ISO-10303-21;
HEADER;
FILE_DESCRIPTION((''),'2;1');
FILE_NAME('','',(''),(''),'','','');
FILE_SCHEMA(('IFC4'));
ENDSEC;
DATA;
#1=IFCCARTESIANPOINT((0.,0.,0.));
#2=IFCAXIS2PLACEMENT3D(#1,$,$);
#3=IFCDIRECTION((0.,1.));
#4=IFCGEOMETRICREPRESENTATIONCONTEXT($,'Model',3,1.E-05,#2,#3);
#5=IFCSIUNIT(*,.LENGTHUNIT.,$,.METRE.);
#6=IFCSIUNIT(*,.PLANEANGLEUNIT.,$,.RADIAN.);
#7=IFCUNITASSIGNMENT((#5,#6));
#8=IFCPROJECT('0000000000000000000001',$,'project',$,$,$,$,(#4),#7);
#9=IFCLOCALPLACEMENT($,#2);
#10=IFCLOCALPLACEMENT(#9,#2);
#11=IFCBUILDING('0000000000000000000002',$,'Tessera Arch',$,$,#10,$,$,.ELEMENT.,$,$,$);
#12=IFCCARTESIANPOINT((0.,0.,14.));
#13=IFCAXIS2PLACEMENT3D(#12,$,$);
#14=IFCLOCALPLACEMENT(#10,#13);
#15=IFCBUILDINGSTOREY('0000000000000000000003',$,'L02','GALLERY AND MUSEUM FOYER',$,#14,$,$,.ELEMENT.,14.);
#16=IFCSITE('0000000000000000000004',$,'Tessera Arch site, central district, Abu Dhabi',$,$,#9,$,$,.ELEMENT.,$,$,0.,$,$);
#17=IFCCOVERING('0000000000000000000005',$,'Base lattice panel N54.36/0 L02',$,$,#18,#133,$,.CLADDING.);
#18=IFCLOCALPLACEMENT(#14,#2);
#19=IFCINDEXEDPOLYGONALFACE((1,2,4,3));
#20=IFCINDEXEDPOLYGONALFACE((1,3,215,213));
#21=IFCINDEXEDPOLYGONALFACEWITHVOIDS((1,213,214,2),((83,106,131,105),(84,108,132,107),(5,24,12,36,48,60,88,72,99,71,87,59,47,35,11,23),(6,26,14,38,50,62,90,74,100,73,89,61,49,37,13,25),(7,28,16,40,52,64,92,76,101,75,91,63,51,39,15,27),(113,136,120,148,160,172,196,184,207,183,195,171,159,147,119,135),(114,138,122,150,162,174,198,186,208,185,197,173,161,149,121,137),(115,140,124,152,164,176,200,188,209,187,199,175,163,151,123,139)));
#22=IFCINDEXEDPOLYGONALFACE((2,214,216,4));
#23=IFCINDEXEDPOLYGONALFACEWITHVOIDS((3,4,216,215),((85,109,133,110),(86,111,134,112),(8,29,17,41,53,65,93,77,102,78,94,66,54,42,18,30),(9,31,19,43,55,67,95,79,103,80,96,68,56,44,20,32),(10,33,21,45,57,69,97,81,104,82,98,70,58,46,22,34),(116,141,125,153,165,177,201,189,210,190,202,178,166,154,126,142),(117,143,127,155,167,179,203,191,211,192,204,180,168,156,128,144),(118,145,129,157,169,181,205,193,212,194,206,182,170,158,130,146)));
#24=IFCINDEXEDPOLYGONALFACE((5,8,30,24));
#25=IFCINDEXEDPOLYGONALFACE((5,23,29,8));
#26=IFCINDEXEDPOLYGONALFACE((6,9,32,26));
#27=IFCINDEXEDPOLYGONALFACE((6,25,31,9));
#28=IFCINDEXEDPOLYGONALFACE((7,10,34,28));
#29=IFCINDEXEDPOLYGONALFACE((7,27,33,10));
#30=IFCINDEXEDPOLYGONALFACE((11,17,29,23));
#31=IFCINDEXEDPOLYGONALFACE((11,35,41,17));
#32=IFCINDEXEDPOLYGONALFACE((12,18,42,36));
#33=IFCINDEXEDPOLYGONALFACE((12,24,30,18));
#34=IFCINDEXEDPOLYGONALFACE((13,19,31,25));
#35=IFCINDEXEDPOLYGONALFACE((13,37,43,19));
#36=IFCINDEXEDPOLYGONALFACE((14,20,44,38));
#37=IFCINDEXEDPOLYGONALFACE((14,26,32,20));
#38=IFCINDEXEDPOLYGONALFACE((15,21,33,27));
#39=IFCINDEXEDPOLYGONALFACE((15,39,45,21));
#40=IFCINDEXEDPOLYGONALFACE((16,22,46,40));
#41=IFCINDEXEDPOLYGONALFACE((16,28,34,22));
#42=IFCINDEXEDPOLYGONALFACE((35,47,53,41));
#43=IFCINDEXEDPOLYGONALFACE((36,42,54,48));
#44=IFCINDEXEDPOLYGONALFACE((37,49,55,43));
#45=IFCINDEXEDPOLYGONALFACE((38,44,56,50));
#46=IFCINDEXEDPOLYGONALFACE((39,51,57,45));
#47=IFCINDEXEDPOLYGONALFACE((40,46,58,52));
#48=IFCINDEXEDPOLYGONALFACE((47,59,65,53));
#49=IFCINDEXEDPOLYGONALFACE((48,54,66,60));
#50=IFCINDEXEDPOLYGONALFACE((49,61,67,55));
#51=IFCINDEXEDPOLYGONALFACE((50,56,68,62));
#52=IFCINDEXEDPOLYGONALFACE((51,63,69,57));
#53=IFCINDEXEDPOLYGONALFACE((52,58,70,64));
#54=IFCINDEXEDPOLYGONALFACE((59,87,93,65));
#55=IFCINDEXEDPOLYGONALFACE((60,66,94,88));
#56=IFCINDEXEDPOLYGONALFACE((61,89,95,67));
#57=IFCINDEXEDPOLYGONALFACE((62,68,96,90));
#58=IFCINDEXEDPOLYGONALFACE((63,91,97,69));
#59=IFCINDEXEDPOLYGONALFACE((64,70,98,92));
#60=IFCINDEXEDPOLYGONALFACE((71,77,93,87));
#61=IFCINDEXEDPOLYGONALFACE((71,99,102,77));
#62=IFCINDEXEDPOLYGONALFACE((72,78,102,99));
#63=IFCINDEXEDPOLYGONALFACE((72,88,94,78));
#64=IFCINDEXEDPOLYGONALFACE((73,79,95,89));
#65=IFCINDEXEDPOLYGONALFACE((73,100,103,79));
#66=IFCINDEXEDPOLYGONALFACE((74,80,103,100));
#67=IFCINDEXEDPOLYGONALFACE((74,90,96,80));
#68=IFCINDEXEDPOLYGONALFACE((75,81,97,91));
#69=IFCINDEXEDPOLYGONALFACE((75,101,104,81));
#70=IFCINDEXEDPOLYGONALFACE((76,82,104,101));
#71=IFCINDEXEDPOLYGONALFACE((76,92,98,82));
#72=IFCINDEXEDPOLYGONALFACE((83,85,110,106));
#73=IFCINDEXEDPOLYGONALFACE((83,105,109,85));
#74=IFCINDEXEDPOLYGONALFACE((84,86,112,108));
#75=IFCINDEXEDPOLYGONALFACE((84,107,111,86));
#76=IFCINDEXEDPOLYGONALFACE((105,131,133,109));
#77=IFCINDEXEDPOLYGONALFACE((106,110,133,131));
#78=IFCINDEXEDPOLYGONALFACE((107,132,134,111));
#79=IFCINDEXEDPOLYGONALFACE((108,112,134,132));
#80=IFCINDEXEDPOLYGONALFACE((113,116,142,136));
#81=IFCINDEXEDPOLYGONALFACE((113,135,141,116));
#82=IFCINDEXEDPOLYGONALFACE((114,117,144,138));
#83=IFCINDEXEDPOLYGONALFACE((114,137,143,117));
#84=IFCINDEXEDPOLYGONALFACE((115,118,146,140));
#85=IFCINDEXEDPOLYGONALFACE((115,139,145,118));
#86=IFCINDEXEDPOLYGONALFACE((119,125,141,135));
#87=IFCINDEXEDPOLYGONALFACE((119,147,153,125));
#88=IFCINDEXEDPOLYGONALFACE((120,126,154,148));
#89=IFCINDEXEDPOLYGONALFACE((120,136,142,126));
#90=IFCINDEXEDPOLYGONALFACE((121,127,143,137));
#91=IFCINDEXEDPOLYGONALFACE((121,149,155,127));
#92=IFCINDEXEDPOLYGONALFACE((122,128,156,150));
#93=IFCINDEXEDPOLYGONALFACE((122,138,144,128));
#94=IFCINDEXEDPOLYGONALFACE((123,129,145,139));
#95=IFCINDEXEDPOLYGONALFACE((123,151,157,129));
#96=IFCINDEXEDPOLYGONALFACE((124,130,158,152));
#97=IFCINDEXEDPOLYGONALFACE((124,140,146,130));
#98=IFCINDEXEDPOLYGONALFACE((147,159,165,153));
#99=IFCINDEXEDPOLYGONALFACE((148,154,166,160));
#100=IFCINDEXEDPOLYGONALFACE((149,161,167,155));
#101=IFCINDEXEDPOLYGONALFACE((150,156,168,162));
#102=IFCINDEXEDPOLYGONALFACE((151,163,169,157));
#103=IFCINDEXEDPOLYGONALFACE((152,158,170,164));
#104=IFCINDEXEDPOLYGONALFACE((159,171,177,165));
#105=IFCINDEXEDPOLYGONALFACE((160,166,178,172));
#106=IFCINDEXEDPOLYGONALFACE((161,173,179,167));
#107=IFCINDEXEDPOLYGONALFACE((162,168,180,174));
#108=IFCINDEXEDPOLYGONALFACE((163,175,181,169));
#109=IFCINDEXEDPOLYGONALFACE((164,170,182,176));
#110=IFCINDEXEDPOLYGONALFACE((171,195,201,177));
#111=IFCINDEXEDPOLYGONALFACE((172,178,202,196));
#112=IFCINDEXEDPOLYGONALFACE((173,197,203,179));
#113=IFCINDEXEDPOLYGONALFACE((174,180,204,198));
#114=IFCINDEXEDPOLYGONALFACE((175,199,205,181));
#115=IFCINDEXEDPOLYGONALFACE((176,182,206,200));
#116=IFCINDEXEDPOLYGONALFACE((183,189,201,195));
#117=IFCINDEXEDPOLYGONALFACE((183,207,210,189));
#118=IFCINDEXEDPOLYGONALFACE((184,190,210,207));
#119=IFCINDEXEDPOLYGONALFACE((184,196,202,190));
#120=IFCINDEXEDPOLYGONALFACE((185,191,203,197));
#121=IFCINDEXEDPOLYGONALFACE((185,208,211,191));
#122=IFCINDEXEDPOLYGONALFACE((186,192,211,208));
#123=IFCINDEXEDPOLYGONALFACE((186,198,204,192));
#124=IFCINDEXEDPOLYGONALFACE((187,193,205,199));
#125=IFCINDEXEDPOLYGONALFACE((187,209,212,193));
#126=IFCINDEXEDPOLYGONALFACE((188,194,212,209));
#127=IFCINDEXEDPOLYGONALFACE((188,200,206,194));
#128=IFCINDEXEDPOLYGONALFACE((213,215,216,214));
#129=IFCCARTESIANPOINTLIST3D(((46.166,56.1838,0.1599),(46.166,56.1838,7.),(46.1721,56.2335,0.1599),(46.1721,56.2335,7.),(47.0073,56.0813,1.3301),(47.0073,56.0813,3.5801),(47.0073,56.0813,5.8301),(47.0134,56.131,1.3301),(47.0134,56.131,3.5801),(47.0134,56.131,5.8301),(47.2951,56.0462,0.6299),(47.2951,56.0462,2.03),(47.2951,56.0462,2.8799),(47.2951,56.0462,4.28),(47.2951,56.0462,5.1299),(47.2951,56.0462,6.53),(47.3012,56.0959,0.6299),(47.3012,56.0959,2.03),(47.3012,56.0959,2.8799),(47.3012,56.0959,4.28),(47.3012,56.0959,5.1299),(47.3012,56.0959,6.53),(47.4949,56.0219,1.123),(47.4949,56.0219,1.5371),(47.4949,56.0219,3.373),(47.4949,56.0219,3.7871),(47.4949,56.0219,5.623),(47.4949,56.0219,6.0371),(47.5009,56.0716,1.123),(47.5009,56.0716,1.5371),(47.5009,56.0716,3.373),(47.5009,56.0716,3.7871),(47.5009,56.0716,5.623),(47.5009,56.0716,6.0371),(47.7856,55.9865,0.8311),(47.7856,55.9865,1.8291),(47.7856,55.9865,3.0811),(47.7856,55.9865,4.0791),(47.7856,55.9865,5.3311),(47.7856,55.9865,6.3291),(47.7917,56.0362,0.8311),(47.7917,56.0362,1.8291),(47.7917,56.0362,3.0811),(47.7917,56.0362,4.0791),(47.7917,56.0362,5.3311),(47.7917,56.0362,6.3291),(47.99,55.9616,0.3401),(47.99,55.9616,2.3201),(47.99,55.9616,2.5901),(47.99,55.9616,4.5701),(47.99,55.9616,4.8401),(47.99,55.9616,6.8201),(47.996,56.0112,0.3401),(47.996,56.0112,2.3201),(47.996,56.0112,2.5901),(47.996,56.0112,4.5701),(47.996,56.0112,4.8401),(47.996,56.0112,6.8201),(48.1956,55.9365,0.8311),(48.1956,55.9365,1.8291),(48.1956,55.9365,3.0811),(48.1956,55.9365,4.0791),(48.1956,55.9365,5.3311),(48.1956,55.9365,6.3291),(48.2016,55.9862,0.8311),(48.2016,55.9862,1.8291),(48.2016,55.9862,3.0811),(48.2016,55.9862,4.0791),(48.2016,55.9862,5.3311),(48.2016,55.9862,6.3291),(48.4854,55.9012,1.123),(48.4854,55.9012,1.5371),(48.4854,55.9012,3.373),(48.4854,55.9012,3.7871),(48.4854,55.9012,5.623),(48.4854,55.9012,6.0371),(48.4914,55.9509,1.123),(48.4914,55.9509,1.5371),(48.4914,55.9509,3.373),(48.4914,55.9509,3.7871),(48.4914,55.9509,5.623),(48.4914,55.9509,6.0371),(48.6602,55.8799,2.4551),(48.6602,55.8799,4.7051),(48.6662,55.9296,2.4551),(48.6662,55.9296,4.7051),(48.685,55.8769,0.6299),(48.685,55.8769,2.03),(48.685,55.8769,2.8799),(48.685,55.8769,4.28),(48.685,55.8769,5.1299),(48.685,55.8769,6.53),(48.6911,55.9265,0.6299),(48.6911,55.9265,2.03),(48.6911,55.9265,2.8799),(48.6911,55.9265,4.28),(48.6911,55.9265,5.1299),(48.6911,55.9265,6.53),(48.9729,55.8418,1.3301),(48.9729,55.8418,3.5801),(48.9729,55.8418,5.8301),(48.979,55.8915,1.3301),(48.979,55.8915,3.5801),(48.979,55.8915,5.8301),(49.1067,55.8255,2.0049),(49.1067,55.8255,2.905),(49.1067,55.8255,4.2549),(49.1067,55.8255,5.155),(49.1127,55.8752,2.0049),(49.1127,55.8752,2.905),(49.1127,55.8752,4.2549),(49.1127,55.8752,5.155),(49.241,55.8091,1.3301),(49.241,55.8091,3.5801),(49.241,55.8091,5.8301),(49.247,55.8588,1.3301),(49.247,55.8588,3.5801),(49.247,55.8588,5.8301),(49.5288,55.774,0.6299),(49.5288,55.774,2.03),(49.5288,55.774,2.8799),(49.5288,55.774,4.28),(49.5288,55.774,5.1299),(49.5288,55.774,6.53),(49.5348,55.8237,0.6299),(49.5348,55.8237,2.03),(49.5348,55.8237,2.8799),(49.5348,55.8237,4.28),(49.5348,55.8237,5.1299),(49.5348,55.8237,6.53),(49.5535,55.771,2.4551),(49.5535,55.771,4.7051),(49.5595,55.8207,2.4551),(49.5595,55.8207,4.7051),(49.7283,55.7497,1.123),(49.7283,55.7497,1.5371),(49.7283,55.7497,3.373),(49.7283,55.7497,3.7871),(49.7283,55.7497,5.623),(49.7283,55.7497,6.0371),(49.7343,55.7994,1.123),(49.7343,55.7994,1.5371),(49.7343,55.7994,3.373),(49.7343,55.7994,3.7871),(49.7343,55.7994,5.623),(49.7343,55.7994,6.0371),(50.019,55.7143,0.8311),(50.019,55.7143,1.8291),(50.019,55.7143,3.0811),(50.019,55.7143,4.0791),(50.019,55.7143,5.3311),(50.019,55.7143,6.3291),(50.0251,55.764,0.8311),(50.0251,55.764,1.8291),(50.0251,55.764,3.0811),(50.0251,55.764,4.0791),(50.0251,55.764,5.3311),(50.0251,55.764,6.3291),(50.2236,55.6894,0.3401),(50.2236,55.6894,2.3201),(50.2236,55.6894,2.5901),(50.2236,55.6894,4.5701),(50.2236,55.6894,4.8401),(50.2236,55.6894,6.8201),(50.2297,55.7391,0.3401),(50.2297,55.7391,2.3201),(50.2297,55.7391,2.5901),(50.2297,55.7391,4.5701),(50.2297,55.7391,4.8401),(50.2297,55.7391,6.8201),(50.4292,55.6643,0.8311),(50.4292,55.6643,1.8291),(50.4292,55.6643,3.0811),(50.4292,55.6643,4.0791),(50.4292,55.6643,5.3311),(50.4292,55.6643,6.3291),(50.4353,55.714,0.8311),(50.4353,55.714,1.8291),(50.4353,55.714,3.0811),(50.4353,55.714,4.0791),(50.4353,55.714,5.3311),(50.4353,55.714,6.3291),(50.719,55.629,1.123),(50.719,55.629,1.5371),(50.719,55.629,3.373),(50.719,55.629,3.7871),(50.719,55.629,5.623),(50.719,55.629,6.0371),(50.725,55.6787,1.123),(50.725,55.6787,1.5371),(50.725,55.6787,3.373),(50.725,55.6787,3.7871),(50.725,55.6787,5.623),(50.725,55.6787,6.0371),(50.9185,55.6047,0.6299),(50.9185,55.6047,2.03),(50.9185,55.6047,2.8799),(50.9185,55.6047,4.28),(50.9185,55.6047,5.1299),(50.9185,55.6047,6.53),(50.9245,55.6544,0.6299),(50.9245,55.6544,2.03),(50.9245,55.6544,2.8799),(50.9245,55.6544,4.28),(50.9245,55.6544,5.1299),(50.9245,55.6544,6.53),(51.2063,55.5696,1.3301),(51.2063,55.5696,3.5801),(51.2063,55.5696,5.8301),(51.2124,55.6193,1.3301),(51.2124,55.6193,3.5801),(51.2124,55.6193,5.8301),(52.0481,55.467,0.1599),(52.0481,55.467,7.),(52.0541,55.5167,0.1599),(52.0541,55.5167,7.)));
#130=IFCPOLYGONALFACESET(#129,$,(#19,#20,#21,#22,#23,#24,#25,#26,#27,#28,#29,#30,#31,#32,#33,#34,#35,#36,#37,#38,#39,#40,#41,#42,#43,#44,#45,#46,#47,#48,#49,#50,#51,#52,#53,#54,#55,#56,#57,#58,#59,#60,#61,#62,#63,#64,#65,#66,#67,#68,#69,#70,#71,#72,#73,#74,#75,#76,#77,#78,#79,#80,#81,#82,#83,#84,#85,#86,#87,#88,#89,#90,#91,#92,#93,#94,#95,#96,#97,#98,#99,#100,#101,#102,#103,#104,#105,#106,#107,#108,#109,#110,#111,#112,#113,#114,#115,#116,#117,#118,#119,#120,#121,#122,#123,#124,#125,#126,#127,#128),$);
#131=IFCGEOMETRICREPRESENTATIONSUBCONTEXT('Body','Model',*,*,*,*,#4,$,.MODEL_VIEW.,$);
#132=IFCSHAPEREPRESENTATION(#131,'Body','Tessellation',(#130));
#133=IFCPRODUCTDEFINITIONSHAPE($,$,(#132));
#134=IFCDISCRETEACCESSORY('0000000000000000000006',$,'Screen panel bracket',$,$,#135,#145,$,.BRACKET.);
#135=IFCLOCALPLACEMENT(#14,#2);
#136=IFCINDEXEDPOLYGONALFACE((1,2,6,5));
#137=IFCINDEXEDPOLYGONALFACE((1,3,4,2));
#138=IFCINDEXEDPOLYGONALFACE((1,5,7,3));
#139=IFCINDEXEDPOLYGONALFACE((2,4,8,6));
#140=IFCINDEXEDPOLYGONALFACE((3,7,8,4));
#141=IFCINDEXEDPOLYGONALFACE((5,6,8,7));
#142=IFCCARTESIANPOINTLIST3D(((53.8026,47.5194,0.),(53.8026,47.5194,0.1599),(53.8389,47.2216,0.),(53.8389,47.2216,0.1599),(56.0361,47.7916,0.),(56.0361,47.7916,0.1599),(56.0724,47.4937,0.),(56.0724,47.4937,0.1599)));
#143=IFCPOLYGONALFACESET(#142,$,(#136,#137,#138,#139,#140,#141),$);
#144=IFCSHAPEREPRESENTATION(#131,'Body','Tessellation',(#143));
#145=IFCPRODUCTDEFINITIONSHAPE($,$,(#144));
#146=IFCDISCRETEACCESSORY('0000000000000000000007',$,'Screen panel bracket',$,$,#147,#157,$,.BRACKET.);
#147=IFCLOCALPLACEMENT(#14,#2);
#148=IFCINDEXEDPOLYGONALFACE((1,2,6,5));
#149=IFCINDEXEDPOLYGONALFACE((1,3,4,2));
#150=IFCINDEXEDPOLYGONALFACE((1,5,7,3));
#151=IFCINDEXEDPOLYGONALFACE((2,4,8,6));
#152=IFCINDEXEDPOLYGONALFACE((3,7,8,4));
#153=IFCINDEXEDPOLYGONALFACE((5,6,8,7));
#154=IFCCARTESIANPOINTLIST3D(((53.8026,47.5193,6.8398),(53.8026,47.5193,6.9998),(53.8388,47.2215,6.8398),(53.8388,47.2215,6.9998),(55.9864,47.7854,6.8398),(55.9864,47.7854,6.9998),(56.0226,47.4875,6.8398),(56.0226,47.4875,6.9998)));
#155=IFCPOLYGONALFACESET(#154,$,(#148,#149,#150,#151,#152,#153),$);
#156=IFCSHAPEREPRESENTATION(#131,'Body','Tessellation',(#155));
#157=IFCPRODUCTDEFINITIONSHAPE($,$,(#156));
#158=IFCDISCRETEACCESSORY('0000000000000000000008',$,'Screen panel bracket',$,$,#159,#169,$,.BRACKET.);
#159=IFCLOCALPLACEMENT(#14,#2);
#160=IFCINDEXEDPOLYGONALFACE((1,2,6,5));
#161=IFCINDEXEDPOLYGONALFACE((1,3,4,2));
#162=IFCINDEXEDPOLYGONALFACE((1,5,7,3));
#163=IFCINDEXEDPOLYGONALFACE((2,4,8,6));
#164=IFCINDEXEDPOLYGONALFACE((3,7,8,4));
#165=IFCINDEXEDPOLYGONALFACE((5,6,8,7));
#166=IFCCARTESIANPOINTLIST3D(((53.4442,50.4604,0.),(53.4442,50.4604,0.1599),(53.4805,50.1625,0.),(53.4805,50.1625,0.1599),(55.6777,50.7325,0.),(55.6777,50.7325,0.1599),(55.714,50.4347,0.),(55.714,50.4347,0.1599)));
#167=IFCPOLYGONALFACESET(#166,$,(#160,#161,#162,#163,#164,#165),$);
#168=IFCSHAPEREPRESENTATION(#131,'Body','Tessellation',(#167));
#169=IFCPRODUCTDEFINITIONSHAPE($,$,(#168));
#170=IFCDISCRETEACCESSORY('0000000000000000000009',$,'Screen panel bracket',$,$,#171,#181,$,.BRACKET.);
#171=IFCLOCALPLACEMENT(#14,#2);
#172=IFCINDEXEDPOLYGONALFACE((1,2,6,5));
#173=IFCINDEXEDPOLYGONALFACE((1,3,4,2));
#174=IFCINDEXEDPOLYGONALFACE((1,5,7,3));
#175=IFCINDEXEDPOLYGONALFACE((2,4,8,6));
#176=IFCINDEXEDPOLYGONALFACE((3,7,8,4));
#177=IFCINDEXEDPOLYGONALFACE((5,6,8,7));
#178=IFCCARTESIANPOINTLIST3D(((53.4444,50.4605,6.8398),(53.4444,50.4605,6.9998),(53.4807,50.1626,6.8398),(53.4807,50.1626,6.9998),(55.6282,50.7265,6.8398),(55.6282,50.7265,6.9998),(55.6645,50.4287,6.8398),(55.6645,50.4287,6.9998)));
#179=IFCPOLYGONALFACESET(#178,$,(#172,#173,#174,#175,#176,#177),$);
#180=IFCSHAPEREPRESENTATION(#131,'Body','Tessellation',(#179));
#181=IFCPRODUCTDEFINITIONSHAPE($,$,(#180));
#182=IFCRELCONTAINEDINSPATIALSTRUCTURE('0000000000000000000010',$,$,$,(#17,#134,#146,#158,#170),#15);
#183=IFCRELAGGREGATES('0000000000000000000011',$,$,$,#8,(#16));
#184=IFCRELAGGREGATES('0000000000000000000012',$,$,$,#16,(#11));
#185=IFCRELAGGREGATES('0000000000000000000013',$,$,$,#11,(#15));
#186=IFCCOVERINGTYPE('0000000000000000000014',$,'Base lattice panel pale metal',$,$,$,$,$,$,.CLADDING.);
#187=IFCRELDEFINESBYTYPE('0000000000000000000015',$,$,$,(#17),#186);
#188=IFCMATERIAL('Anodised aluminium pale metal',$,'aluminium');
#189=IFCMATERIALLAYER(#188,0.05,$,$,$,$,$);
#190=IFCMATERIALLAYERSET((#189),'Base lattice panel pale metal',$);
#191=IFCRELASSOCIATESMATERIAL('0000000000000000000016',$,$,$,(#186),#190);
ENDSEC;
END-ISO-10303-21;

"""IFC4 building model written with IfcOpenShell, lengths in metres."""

from ifc_helpers import new_model, si_unit, direction, frame, origin, origin_2d, place, context, subcontext, project, spatial, polyline, rectangle, outline, extrude, material, layer, layer_set, type_object, element, save


model = new_model("IFC4")

# Units and contexts
model_context = context("Model", 3, precision=1e-05, world=origin(), true_north=direction((0.0, 1.0)))
body_context = subcontext(model_context, "Body", "Model", "MODEL_VIEW")
ifc_project = project(units=[si_unit("LENGTHUNIT", "METRE"), si_unit("PLANEANGLEUNIT", "RADIAN")], contexts=[model_context])

# Site, building, storey
site_placement = place(None, origin())
site = spatial("IfcSite", under=ifc_project, at=site_placement, Name="Tessera Arch site, central district, Abu Dhabi", CompositionType="ELEMENT", RefElevation=0.0)
building_placement = place(site_placement, origin())
building = spatial("IfcBuilding", under=site, at=building_placement, Name="Tessera Arch", CompositionType="ELEMENT")
storey_placement = place(building_placement, frame((0.0, 0.0, 14.0)))
storey = spatial("IfcBuildingStorey", under=building, at=storey_placement, Name="L02", Description="GALLERY AND MUSEUM FOYER", CompositionType="ELEMENT", Elevation=14.0)

# Covering
ifc_material_1 = material(Name="Anodised aluminium pale metal", Category="aluminium")
ifc_layer_1 = layer(ifc_material_1, 0.05)
ifc_layer_set_1 = layer_set([ifc_layer_1], Name="Base lattice panel pale metal")
covering_type = type_object("IfcCoveringType", Name="Base lattice panel pale metal", PredefinedType="CLADDING", material=ifc_layer_set_1)
covering_1_placement = place(storey_placement, frame((52.0481, 55.467, 7.0), z_axis=(-0.120966, -0.992657, 0.0), x_axis=(-0.992657, 0.120966, 0.0)))
element("IfcCovering", 1, at=covering_1_placement, inside=storey, type_object=covering_type, Name="Base lattice panel N54.36/0 L02", PredefinedType="CLADDING", context=body_context, shape_type="SweptSolid", body=[
    extrude(outline(polyline([(0.0, 0.0), (5.9256, 0.0), (5.9256, 6.8401), (0.0, 6.8401), (0.0, 0.0)]), holes=[polyline([(2.8279, 5.6699), (2.337, 5.4629), (2.5379, 4.97), (2.0441, 5.1709), (1.838, 4.6799), (1.6309, 5.1709), (1.138, 4.97), (1.339, 5.4629), (0.848, 5.6699), (1.339, 5.877), (1.138, 6.3701), (1.6309, 6.1689), (1.838, 6.6599), (2.0441, 6.1689), (2.5379, 6.3701), (2.337, 5.877), (2.8279, 5.6699)]), polyline([(2.8279, 3.4199), (2.337, 3.2129), (2.5379, 2.72), (2.0441, 2.9209), (1.838, 2.4299), (1.6309, 2.9209), (1.138, 2.72), (1.339, 3.2129), (0.848, 3.4199), (1.339, 3.627), (1.138, 4.1201), (1.6309, 3.9189), (1.838, 4.4099), (2.0441, 3.9189), (2.5379, 4.1201), (2.337, 3.627), (2.8279, 3.4199)]), polyline([(2.8279, 1.1699), (2.337, 0.9629), (2.5379, 0.47), (2.0441, 0.6709), (1.838, 0.1799), (1.6309, 0.6709), (1.138, 0.47), (1.339, 0.9629), (0.848, 1.1699), (1.339, 1.377), (1.138, 1.8701), (1.6309, 1.6689), (1.838, 2.1599), (2.0441, 1.6689), (2.5379, 1.8701), (2.337, 1.377), (2.8279, 1.1699)]), polyline([(5.0781, 5.6699), (4.5869, 5.4629), (4.7881, 4.97), (4.294, 5.1709), (4.0881, 4.6799), (3.881, 5.1709), (3.3879, 4.97), (3.5891, 5.4629), (3.0979, 5.6699), (3.5891, 5.877), (3.3879, 6.3701), (3.881, 6.1689), (4.0881, 6.6599), (4.294, 6.1689), (4.7881, 6.3701), (4.5869, 5.877), (5.0781, 5.6699)]), polyline([(5.0781, 3.4199), (4.5869, 3.2129), (4.7881, 2.72), (4.294, 2.9209), (4.0881, 2.4299), (3.881, 2.9209), (3.3879, 2.72), (3.5891, 3.2129), (3.0979, 3.4199), (3.5891, 3.627), (3.3879, 4.1201), (3.881, 3.9189), (4.0881, 4.4099), (4.294, 3.9189), (4.7881, 4.1201), (4.5869, 3.627), (5.0781, 3.4199)]), polyline([(5.0781, 1.1699), (4.5869, 0.9629), (4.7881, 0.47), (4.294, 0.6709), (4.0881, 0.1799), (3.881, 0.6709), (3.3879, 0.47), (3.5891, 0.9629), (3.0979, 1.1699), (3.5891, 1.377), (3.3879, 1.8701), (3.881, 1.6689), (4.0881, 2.1599), (4.294, 1.6689), (4.7881, 1.8701), (4.5869, 1.377), (5.0781, 1.1699)]), polyline([(3.413, 4.5449), (2.9632, 4.095), (2.5131, 4.5449), (2.9632, 4.9951), (3.413, 4.5449)]), polyline([(3.413, 2.2949), (2.9632, 1.845), (2.5131, 2.2949), (2.9632, 2.7451), (3.413, 2.2949)])]), origin(), (0.0, 0.0, -1.0), 0.05),
])

# Discrete accessories
discrete_accessory_1_placement = place(storey_placement, frame((54.9375, 47.5066, 0.0), z_axis=(0.0, 0.0, 1.0), x_axis=(0.992658, 0.120951, 0.0)))
element("IfcDiscreteAccessory", 2, at=discrete_accessory_1_placement, inside=storey, Name="Screen panel bracket", PredefinedType="BRACKET", context=body_context, shape_type="SweptSolid", body=[
    extrude(rectangle(XDim=2.25, YDim=0.3, at=origin_2d()), origin(), (0.0, 0.0, 1.0), 0.1599),
])
discrete_accessory_2_placement = place(storey_placement, frame((54.9126, 47.5034, 6.8398), z_axis=(0.0, 0.0, 1.0), x_axis=(0.992658, 0.120951, 0.0)))
element("IfcDiscreteAccessory", 3, at=discrete_accessory_2_placement, inside=storey, Name="Screen panel bracket", PredefinedType="BRACKET", context=body_context, shape_type="SweptSolid", body=[
    extrude(rectangle(XDim=2.2, YDim=0.3, at=origin_2d()), origin(), (0.0, 0.0, 1.0), 0.1599),
])
discrete_accessory_3_placement = place(storey_placement, frame((54.5791, 50.4475, 0.0), z_axis=(0.0, 0.0, 1.0), x_axis=(0.992658, 0.120951, 0.0)))
element("IfcDiscreteAccessory", 4, at=discrete_accessory_3_placement, inside=storey, Name="Screen panel bracket", PredefinedType="BRACKET", context=body_context, shape_type="SweptSolid", body=[
    extrude(rectangle(XDim=2.25, YDim=0.3, at=origin_2d()), origin(), (0.0, 0.0, 1.0), 0.1599),
])
discrete_accessory_4_placement = place(storey_placement, frame((54.5544, 50.4446, 6.8398), z_axis=(0.0, 0.0, 1.0), x_axis=(0.992658, 0.120951, 0.0)))
element("IfcDiscreteAccessory", 5, at=discrete_accessory_4_placement, inside=storey, Name="Screen panel bracket", PredefinedType="BRACKET", context=body_context, shape_type="SweptSolid", body=[
    extrude(rectangle(XDim=2.2, YDim=0.3, at=origin_2d()), origin(), (0.0, 0.0, 1.0), 0.1599),
])

save(model, "model.ifc")
